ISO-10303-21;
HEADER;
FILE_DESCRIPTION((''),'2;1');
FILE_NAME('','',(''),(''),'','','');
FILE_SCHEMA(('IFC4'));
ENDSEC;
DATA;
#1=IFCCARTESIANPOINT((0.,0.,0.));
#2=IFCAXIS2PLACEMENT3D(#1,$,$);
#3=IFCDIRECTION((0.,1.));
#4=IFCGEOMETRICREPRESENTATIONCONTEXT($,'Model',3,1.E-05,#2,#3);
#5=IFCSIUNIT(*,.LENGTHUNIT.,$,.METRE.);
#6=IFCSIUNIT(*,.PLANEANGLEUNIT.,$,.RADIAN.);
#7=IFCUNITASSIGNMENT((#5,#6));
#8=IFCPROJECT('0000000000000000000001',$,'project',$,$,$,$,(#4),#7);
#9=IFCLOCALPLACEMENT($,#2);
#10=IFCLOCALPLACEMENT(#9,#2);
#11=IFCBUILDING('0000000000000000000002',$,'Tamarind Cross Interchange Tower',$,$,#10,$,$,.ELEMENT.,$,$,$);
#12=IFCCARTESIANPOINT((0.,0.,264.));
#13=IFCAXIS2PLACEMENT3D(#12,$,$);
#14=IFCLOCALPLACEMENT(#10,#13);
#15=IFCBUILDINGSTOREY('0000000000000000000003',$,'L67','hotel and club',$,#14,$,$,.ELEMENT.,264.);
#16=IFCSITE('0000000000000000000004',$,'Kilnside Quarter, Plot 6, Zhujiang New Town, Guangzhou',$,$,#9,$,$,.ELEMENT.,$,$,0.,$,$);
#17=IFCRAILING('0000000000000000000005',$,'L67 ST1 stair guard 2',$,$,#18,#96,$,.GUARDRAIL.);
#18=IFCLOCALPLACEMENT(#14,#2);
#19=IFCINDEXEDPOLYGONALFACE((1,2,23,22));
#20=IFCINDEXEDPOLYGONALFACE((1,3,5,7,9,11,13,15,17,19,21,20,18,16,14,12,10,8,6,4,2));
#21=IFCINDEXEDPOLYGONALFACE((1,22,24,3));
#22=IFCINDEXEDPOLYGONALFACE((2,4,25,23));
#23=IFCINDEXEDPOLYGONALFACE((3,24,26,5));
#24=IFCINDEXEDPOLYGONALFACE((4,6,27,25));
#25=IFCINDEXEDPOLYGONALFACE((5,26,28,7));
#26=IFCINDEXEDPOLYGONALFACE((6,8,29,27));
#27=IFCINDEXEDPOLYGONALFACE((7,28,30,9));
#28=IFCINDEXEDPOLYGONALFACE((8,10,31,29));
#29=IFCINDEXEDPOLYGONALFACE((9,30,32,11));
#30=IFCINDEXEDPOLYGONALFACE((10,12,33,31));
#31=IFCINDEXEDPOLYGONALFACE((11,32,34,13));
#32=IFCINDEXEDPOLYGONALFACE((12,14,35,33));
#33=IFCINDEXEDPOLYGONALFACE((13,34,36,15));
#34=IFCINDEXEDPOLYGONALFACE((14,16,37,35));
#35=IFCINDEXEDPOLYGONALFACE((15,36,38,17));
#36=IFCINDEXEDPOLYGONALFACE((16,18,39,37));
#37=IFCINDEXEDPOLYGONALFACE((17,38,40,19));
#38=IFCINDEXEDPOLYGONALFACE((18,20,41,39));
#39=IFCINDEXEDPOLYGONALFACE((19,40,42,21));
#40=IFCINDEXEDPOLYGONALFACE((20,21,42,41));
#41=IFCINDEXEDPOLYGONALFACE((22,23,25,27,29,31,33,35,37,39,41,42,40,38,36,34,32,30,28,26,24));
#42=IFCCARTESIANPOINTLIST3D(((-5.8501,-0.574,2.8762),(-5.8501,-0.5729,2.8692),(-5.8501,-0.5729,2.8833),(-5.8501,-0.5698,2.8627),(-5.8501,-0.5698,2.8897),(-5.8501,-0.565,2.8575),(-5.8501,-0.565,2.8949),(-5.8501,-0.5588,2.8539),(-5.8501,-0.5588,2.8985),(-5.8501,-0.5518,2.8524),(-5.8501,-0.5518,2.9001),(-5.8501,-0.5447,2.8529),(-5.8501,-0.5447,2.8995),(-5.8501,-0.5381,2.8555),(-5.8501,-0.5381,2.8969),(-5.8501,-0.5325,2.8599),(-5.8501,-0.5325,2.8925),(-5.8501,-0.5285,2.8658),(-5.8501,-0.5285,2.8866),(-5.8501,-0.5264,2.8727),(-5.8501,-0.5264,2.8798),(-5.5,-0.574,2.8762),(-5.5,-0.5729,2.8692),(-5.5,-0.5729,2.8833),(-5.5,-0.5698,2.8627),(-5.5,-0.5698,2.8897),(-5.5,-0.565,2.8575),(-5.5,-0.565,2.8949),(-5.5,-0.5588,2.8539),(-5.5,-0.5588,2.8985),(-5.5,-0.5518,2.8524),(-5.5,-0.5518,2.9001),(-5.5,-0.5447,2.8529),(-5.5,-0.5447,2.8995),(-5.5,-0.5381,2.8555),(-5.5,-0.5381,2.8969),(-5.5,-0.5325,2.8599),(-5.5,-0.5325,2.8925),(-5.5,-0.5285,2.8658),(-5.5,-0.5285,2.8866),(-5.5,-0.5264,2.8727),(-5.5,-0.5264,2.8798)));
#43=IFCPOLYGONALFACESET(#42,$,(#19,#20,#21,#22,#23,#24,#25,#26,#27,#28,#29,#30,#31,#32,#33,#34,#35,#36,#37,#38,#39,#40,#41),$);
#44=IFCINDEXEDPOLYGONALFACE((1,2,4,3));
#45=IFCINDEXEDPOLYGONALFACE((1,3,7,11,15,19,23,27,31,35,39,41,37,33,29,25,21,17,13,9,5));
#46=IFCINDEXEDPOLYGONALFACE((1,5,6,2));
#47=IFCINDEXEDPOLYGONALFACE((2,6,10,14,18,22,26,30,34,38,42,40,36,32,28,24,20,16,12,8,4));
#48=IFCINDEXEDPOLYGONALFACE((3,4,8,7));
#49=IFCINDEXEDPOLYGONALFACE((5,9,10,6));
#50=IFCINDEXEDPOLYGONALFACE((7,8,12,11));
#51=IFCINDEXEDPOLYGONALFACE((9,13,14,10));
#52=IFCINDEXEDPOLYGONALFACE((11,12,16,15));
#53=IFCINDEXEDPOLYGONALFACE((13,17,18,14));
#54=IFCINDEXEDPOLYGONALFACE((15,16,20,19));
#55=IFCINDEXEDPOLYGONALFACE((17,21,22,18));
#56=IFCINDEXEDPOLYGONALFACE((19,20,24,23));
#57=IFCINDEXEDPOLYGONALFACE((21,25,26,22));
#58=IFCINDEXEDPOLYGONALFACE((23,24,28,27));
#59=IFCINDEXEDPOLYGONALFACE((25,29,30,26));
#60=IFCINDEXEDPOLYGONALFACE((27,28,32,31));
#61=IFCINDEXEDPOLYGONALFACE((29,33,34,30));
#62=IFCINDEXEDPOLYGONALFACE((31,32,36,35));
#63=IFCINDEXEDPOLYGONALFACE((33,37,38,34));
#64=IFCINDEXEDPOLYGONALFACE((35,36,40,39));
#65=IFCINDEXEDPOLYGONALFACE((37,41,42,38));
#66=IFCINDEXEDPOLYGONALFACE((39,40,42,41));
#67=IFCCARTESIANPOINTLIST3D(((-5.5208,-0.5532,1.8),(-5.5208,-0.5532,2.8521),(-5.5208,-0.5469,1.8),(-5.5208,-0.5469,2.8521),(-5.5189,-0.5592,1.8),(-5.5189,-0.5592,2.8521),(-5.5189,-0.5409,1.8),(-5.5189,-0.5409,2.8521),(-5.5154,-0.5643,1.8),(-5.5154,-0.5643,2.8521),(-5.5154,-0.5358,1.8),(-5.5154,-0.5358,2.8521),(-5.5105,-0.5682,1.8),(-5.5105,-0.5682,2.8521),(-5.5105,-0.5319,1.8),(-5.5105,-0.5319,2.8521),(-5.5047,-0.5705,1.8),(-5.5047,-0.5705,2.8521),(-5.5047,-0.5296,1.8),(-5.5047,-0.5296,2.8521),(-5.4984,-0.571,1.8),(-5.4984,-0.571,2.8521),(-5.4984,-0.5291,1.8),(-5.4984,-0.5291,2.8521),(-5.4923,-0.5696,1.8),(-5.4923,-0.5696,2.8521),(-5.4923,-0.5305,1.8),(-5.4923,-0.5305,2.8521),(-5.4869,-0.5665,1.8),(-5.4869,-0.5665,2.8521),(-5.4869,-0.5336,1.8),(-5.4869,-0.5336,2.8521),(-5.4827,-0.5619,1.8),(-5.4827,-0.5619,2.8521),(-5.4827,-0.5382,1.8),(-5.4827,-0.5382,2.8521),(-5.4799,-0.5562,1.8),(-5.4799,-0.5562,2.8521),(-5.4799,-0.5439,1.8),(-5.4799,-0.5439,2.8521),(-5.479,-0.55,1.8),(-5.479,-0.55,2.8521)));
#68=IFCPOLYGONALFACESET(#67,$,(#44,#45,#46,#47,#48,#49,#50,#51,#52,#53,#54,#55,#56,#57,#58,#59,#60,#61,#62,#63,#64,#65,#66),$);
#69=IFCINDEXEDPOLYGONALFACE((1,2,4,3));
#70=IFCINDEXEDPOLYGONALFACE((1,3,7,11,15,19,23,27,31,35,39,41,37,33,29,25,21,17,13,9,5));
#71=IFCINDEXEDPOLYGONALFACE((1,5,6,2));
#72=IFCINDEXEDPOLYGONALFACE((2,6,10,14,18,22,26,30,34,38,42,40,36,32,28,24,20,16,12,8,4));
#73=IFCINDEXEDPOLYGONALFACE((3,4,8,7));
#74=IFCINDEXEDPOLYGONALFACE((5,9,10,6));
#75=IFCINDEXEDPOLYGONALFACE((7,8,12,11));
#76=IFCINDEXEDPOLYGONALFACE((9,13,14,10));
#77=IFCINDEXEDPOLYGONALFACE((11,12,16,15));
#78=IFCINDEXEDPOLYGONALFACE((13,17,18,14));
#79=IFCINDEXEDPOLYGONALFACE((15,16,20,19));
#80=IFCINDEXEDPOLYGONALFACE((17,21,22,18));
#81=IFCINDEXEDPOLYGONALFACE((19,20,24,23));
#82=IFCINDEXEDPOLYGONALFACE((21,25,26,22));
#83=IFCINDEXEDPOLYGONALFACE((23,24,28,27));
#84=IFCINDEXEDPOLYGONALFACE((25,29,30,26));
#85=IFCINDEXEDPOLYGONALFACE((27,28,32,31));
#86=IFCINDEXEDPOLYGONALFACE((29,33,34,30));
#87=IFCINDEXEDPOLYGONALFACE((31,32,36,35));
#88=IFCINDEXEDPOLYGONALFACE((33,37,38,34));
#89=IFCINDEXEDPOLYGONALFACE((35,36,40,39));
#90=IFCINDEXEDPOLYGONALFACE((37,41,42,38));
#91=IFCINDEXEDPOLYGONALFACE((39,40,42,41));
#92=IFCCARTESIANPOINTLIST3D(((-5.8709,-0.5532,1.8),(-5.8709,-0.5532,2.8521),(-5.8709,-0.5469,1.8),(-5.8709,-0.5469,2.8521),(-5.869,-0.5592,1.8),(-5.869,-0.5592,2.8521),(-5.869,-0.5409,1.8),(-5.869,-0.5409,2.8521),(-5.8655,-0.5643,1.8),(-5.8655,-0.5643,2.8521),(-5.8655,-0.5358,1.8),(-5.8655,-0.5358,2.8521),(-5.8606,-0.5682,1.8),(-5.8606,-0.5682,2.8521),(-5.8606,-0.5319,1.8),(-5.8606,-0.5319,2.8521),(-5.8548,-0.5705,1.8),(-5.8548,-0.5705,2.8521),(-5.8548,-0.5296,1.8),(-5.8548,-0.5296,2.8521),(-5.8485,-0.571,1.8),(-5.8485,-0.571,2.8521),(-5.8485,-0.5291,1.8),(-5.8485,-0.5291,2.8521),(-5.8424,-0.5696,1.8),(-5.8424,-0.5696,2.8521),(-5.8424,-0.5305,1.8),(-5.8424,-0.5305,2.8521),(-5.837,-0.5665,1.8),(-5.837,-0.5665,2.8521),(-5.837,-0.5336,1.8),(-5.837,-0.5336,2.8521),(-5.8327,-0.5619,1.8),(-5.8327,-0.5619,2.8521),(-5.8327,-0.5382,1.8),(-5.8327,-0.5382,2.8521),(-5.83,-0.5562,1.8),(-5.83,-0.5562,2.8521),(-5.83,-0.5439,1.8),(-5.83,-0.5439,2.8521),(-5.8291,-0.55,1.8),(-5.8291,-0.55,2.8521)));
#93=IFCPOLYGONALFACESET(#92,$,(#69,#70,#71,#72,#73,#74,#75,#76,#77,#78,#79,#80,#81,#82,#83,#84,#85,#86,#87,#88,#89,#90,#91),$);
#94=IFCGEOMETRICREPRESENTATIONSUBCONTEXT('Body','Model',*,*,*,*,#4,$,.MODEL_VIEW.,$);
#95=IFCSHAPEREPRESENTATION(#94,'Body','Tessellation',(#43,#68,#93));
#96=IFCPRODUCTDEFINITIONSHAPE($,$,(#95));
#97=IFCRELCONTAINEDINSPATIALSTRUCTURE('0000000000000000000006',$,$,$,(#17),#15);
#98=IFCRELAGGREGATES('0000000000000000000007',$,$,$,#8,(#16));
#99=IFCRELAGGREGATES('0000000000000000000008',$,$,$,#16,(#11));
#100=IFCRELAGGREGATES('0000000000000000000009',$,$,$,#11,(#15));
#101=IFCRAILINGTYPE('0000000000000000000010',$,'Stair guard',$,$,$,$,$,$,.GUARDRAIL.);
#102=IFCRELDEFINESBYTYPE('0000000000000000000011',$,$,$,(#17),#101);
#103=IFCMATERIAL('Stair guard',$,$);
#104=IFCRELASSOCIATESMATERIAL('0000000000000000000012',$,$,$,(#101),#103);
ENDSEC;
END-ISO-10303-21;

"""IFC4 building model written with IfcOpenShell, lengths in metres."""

from ifc_helpers import new_model, si_unit, direction, frame, origin, origin_2d, place, context, subcontext, project, spatial, circle, extrude, material, type_object, element, save


model = new_model("IFC4")

# Units and contexts
model_context = context("Model", 3, precision=1e-05, world=origin(), true_north=direction((0.0, 1.0)))
body_context = subcontext(model_context, "Body", "Model", "MODEL_VIEW")
ifc_project = project(units=[si_unit("LENGTHUNIT", "METRE"), si_unit("PLANEANGLEUNIT", "RADIAN")], contexts=[model_context])

# Site, building, storey
site_placement = place(None, origin())
site = spatial("IfcSite", under=ifc_project, at=site_placement, Name="Kilnside Quarter, Plot 6, Zhujiang New Town, Guangzhou", CompositionType="ELEMENT", RefElevation=0.0)
building_placement = place(site_placement, origin())
building = spatial("IfcBuilding", under=site, at=building_placement, Name="Tamarind Cross Interchange Tower", CompositionType="ELEMENT")
storey_placement = place(building_placement, frame((0.0, 0.0, 264.0)))
storey = spatial("IfcBuildingStorey", under=building, at=storey_placement, Name="L67", Description="hotel and club", CompositionType="ELEMENT", Elevation=264.0)

# Railing
ifc_material_1 = material(Name="Stair guard")
railing_type_1 = type_object("IfcRailingType", Name="Stair guard", PredefinedType="GUARDRAIL", material=ifc_material_1)
railing_1_placement = place(storey_placement, frame((-5.5, -0.55, 1.8)))
element("IfcRailing", 1, at=railing_1_placement, inside=storey, type_object=railing_type_1, Name="L67 ST1 stair guard 2", PredefinedType="GUARDRAIL", context=body_context, shape_type="SweptSolid", body=[
    extrude(circle(Radius=0.0239, at=origin_2d()), frame((0.0, 0.0, 1.0762), z_axis=(-1.0, 0.0, 0.0), x_axis=(0.0, -1.0, 0.0)), (0.0, 0.0, 1.0), 0.3501),
    extrude(circle(Radius=0.021, at=origin_2d()), origin(), (0.0, 0.0, 1.0), 1.052),
    extrude(circle(Radius=0.021, at=origin_2d()), frame((-0.3501, 0.0, 0.0)), (0.0, 0.0, 1.0), 1.052),
])

save(model, "model.ifc")
